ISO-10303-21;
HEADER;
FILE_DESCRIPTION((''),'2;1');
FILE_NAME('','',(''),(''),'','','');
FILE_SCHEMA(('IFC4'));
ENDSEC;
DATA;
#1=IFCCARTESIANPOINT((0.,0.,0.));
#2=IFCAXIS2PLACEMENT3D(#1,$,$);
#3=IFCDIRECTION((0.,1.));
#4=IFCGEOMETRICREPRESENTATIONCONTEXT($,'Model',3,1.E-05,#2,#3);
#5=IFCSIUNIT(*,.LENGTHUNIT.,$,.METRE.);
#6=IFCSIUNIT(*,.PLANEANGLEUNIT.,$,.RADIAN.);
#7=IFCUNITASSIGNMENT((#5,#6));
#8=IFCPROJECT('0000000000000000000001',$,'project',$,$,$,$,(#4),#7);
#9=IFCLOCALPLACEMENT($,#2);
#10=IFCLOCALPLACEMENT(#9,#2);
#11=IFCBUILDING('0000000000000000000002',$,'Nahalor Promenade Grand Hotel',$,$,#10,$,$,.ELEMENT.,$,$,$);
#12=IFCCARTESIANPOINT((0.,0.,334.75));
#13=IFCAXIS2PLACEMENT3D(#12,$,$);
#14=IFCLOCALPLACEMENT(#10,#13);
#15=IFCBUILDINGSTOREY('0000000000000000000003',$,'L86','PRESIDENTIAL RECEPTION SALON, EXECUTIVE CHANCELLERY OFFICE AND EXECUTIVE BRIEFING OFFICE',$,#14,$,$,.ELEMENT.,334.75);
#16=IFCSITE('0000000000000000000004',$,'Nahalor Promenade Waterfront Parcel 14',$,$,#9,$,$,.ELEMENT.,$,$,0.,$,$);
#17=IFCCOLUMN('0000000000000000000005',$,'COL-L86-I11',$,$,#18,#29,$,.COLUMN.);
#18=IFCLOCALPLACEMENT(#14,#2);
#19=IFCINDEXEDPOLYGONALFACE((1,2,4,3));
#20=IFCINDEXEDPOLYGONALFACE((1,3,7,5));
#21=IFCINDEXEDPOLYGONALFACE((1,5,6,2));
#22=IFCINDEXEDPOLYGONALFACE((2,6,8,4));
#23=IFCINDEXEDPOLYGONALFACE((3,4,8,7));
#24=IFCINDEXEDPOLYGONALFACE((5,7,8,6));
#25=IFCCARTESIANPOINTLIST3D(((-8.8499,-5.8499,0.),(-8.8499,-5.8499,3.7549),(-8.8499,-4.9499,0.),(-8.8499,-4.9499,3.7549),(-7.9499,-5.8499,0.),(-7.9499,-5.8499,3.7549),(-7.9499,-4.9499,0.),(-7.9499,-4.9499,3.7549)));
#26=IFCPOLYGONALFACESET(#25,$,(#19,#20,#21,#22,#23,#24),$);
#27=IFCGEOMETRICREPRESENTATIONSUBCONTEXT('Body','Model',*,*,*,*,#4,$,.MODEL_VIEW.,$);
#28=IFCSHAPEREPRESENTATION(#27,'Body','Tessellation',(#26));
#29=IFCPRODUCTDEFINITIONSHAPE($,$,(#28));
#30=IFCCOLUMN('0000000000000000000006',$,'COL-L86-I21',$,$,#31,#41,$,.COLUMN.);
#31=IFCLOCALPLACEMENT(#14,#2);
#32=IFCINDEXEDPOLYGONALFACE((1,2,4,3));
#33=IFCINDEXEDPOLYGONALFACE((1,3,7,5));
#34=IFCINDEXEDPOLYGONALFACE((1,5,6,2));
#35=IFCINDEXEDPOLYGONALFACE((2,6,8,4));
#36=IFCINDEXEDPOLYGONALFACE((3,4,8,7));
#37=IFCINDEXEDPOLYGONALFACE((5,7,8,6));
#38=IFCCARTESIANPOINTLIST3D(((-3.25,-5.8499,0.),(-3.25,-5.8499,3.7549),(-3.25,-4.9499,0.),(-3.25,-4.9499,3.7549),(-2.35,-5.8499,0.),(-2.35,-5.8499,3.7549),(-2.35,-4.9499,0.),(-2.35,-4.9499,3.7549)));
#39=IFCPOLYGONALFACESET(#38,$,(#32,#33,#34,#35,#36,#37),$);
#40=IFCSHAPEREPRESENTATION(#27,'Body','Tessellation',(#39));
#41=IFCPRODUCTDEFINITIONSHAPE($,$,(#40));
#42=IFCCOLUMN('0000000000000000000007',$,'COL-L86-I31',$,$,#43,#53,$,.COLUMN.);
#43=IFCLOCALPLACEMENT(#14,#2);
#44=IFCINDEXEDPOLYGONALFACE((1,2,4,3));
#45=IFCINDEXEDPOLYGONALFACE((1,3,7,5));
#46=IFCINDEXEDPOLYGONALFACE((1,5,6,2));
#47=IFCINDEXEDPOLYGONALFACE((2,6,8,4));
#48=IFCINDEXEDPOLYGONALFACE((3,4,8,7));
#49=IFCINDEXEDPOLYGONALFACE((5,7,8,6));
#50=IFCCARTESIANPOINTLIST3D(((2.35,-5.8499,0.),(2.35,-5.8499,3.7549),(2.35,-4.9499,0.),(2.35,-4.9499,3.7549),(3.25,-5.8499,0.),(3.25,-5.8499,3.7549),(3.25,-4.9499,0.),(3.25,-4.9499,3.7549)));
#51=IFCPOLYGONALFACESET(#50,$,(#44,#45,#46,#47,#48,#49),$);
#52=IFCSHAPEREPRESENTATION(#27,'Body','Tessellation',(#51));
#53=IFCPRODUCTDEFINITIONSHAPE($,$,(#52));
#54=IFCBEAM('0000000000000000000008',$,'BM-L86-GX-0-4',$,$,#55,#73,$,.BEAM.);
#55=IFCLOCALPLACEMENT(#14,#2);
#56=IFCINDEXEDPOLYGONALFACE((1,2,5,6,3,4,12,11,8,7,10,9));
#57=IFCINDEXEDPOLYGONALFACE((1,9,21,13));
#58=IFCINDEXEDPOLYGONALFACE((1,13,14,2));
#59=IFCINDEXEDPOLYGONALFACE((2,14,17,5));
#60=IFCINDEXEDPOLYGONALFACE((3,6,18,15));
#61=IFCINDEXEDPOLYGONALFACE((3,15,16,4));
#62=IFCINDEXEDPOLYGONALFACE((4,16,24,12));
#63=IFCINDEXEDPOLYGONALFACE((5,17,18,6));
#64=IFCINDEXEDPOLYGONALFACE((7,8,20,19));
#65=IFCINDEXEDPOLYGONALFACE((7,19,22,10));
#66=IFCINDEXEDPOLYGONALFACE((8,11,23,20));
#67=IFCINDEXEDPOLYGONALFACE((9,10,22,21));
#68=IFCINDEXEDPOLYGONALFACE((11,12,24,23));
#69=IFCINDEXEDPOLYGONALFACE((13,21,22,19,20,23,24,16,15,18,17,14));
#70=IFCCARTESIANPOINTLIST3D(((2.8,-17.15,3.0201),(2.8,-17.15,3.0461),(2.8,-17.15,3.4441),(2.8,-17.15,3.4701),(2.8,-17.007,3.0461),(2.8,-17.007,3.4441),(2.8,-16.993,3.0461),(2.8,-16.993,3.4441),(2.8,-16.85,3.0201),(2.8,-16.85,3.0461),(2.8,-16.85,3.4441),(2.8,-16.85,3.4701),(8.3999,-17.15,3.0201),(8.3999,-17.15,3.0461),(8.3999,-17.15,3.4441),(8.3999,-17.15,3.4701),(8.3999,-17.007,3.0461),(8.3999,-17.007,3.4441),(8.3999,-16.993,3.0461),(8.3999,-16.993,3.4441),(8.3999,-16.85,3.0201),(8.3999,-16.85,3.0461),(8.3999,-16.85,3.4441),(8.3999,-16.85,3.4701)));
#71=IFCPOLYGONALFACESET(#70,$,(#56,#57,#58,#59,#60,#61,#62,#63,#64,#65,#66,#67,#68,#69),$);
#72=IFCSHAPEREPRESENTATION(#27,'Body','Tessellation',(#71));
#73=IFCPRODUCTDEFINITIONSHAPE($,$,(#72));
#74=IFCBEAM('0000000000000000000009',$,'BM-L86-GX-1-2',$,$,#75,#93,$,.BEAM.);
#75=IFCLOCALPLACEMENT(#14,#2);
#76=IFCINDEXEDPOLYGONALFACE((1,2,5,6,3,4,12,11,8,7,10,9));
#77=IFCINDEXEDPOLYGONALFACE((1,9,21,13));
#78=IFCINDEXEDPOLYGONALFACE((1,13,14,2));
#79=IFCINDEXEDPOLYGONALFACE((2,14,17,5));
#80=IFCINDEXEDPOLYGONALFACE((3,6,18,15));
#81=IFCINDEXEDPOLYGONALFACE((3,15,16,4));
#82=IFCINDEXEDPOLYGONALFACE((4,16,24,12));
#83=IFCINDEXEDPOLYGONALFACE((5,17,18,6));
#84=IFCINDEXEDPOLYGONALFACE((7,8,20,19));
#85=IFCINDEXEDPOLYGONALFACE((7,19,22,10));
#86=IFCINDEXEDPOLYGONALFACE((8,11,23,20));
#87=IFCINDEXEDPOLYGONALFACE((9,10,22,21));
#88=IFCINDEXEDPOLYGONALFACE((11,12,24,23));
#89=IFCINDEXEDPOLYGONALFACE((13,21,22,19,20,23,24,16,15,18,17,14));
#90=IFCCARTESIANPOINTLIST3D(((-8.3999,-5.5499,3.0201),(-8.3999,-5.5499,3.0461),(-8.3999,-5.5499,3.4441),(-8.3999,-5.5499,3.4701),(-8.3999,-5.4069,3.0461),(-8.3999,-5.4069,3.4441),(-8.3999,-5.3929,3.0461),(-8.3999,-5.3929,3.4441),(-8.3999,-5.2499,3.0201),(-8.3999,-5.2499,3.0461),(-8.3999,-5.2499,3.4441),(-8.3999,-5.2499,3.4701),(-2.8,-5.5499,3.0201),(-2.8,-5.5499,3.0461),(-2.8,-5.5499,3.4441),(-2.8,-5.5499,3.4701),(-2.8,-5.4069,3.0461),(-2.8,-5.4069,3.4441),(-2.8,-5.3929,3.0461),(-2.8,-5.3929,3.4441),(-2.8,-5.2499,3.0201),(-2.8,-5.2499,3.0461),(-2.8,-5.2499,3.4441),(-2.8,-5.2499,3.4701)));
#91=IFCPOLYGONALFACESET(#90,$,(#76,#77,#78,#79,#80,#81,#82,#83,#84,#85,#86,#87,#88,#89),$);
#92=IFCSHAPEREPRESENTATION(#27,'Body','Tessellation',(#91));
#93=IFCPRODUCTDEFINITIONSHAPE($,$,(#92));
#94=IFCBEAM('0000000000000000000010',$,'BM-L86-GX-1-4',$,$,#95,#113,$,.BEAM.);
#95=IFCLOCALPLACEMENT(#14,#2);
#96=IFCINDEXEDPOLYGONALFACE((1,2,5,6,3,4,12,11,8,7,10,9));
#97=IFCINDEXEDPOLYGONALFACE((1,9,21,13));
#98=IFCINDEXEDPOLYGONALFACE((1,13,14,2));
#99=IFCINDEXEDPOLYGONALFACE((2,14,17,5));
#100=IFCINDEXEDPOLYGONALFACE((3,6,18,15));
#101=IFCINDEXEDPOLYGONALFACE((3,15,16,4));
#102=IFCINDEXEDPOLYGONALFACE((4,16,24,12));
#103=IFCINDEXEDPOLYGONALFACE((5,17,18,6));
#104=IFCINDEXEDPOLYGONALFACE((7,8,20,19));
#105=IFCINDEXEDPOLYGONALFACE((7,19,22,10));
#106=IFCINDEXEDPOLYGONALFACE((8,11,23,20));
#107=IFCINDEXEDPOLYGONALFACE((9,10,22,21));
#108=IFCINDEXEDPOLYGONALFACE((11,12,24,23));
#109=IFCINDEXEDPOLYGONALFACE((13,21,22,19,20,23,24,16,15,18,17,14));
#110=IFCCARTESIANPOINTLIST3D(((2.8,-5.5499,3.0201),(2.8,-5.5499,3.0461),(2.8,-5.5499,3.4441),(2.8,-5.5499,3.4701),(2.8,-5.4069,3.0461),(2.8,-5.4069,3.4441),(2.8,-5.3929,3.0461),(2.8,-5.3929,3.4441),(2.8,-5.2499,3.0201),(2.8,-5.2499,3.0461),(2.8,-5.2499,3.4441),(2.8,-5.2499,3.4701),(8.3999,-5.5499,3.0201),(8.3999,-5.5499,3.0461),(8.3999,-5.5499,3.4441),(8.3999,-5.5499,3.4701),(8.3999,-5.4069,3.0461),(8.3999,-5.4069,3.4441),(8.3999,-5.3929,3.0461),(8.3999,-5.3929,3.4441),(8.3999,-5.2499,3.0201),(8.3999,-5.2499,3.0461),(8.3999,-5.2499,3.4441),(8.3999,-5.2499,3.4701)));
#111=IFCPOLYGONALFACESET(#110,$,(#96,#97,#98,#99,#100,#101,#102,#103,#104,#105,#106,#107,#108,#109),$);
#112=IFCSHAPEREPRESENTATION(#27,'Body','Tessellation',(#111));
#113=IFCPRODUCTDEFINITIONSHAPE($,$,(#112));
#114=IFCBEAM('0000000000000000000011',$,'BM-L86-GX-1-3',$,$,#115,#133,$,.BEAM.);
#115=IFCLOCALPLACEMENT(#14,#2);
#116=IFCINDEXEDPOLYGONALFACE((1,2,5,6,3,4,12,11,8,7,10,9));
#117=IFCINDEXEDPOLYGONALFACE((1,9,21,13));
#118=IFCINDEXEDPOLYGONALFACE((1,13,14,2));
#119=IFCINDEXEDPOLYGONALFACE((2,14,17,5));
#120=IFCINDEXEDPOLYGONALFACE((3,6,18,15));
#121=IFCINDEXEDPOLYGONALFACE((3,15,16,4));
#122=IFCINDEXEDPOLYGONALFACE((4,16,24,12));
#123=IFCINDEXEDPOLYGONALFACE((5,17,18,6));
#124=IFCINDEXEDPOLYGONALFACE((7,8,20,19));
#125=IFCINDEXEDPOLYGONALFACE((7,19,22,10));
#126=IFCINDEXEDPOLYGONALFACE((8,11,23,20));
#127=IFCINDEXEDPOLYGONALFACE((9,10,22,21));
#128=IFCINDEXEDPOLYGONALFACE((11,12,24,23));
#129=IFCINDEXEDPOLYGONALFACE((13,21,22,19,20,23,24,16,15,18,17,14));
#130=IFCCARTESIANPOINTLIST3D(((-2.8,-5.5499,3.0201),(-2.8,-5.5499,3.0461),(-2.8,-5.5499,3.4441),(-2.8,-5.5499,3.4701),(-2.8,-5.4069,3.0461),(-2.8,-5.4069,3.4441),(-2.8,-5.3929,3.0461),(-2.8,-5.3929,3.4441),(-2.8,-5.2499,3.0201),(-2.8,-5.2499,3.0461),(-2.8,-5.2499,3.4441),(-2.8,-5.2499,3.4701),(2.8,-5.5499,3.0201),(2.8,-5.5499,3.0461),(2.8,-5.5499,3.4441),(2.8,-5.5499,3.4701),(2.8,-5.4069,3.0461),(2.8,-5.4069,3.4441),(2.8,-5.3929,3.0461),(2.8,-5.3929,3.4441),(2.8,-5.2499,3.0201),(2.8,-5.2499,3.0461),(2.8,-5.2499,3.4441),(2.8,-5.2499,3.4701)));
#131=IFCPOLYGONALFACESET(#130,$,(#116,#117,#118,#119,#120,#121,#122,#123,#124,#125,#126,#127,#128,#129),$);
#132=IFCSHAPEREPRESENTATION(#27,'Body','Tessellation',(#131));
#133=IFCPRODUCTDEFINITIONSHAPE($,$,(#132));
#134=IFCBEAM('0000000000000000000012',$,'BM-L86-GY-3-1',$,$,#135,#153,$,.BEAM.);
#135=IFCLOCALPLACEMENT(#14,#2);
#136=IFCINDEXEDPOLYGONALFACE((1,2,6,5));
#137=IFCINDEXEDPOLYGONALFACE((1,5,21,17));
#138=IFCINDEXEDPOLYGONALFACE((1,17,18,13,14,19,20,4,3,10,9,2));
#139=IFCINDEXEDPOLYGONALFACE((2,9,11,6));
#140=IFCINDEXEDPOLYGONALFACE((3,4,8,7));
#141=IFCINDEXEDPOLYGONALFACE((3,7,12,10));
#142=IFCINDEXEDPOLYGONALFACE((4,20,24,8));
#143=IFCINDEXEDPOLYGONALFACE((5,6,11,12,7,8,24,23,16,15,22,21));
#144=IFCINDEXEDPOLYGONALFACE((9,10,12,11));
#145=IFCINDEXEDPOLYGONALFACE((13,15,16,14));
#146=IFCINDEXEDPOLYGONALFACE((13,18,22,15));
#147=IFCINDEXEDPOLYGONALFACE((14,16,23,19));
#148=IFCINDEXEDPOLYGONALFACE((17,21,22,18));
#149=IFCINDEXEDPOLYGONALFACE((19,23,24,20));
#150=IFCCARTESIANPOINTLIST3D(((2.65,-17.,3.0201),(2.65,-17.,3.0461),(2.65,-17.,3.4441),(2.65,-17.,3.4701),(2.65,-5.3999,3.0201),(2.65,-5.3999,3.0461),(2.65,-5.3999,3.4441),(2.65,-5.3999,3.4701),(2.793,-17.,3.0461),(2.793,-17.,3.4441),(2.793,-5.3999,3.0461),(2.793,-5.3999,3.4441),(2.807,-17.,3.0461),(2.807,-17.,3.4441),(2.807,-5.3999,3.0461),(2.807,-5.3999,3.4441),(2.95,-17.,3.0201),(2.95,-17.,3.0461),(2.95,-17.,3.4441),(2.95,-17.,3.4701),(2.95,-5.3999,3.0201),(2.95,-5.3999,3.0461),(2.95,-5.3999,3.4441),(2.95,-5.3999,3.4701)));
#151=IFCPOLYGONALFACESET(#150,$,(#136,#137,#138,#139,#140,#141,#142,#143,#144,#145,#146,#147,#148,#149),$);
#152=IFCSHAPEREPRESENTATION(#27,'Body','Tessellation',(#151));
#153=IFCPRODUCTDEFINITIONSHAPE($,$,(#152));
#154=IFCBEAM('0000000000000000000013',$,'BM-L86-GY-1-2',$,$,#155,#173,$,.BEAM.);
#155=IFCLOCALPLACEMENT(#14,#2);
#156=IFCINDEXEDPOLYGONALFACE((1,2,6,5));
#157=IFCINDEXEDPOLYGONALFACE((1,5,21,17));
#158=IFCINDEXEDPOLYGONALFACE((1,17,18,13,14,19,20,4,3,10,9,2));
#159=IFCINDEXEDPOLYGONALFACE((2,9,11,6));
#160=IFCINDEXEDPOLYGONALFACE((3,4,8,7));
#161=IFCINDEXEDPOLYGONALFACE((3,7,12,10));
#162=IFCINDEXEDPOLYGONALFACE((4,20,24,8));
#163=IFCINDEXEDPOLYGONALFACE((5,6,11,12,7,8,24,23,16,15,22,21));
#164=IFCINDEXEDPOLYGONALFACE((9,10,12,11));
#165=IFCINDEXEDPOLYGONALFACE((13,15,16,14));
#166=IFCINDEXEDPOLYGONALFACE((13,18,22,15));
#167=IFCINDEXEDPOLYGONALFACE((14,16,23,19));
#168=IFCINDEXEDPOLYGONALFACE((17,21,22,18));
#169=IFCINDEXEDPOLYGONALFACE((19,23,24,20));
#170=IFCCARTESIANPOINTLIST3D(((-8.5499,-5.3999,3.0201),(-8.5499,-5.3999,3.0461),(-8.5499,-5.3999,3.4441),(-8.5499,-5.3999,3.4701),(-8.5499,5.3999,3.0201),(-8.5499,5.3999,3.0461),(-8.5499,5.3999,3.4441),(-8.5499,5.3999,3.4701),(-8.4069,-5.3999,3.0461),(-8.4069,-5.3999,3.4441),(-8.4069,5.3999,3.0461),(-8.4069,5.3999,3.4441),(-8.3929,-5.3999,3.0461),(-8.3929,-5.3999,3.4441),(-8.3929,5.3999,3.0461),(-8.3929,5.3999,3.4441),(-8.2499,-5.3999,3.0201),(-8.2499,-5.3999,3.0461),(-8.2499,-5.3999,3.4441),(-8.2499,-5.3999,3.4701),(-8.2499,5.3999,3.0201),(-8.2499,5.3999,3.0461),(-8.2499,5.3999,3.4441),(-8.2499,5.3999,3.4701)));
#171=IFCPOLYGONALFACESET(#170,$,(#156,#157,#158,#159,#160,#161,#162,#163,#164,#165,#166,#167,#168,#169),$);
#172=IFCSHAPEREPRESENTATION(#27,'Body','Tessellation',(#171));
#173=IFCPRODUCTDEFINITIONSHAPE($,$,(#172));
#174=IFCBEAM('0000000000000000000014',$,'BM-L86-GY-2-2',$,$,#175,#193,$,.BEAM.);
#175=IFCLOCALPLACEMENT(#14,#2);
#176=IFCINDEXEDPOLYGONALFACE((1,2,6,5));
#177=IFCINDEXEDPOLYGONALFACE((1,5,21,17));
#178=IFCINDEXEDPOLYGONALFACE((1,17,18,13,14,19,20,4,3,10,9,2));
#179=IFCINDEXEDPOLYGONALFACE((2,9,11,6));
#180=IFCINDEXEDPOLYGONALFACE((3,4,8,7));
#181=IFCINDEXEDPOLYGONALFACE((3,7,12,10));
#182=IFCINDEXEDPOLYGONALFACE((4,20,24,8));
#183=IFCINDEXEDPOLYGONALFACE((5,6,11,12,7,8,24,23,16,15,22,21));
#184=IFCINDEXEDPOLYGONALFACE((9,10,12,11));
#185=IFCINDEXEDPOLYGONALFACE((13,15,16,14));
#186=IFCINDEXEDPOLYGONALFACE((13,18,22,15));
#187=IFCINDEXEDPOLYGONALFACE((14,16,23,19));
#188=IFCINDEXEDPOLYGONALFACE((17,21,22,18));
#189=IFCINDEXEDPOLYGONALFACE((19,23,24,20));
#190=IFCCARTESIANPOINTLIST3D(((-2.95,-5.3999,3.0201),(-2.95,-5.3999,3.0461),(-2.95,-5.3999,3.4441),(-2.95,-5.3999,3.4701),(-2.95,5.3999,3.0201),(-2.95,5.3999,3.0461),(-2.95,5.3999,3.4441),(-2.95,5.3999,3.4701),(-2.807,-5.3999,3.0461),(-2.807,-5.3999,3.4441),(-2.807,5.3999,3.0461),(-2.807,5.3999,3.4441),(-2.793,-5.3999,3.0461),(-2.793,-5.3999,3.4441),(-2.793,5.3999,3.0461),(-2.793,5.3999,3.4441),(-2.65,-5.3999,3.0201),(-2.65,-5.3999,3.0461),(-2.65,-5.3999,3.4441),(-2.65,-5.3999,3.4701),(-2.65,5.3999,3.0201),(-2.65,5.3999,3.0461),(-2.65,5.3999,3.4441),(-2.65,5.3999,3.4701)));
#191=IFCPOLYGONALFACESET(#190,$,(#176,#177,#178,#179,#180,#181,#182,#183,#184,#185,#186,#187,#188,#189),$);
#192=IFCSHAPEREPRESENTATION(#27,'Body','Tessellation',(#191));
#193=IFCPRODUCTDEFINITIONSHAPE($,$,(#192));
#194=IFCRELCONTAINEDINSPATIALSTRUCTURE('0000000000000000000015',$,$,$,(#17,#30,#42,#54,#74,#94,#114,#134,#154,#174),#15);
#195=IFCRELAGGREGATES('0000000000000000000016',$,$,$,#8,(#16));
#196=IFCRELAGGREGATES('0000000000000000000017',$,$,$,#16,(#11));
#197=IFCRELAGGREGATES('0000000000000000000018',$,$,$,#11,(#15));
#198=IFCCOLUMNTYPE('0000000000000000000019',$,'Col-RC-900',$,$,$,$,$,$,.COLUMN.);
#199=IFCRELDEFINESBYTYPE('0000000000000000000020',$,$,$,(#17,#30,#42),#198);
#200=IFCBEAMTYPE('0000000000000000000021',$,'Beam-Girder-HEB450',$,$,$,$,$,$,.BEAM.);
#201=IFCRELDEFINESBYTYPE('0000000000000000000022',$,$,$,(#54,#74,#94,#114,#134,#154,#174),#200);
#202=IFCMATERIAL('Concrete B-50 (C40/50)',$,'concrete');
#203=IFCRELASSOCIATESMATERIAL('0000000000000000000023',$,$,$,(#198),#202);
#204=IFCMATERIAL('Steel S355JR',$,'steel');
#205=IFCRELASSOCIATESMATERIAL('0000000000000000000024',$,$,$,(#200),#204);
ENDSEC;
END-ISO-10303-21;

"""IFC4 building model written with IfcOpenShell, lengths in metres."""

from ifc_helpers import new_model, si_unit, direction, frame, origin, origin_2d, place, context, subcontext, project, spatial, rectangle, i_section, extrude, source, transform, mapped, material, material_profile, profile_set, type_object, element, save


model = new_model("IFC4")

# Units and contexts
model_context = context("Model", 3, precision=1e-05, world=origin(), true_north=direction((0.0, 1.0)))
body_context = subcontext(model_context, "Body", "Model", "MODEL_VIEW")
ifc_project = project(units=[si_unit("LENGTHUNIT", "METRE"), si_unit("PLANEANGLEUNIT", "RADIAN")], contexts=[model_context])

# Site, building, storey
site_placement = place(None, origin())
site = spatial("IfcSite", under=ifc_project, at=site_placement, Name="Nahalor Promenade Waterfront Parcel 14", CompositionType="ELEMENT", RefElevation=0.0)
building_placement = place(site_placement, origin())
building = spatial("IfcBuilding", under=site, at=building_placement, Name="Nahalor Promenade Grand Hotel", CompositionType="ELEMENT")
storey_placement = place(building_placement, frame((0.0, 0.0, 334.75)))
storey = spatial("IfcBuildingStorey", under=building, at=storey_placement, Name="L86", Description="PRESIDENTIAL RECEPTION SALON, EXECUTIVE CHANCELLERY OFFICE AND EXECUTIVE BRIEFING OFFICE", CompositionType="ELEMENT", Elevation=334.75)

# Columns
ifc_material_1 = material(Name="Concrete B-50 (C40/50)", Category="concrete")
ifc_material_profile_1 = material_profile(ifc_material_1, rectangle(XDim=0.9, YDim=0.9, at=origin_2d()), Name="RC 900x900")
ifc_profile_set_1 = profile_set([ifc_material_profile_1], Name="Concrete B-50 (C40/50)")
column_type = type_object("IfcColumnType", Name="Col-RC-900", PredefinedType="COLUMN", material=ifc_profile_set_1)
shared_shape_1 = source(origin(), body_context, "Body", "SweptSolid", [
    extrude(rectangle(XDim=0.9, YDim=0.9, at=origin_2d()), origin(), (0.0, 0.0, 1.0), 3.7549),
])
for number, where, z_axis, x_axis, name in (
    (1, (-8.3999, -5.3999, 0.0), (0.0, 0.0, 1.0), (1.0, 0.0, 0.0), "COL-L86-I11"),
    (2, (-2.8, -5.3999, 0.0), (0.0, 0.0, 1.0), (1.0, 0.0, 0.0), "COL-L86-I21"),
    (3, (2.8, -5.3999, 0.0), (0.0, 0.0, 1.0), (1.0, 0.0, 0.0), "COL-L86-I31"),
):
    element("IfcColumn", number, at=place(storey_placement, frame(where, z_axis=z_axis, x_axis=x_axis)), inside=storey, type_object=column_type, Name=name, PredefinedType="COLUMN", context=body_context, shape_type="MappedRepresentation", body=[
        mapped(shared_shape_1, transform((0.0, 0.0, 0.0), scale=1.0)),
    ])

# Beams
ifc_material_2 = material(Name="Steel S355JR", Category="steel")
ifc_material_profile_2 = material_profile(ifc_material_2, i_section(OverallWidth=0.3, OverallDepth=0.45, WebThickness=0.014, FlangeThickness=0.026, at=origin_2d()), Name="HEB 450")
ifc_profile_set_2 = profile_set([ifc_material_profile_2], Name="Steel S355JR")
beam_type = type_object("IfcBeamType", Name="Beam-Girder-HEB450", PredefinedType="BEAM", material=ifc_profile_set_2)
shared_shape_2 = source(origin(), body_context, "Body", "SweptSolid", [
    extrude(i_section(OverallWidth=0.3, OverallDepth=0.45, WebThickness=0.014, FlangeThickness=0.026, at=origin_2d()), origin(), (0.0, 0.0, 1.0), 5.5999),
])
for number, where, z_axis, x_axis, name in (
    (4, (2.8, -17.0, 3.2451), (1.0, 0.0, 0.0), (0.0, 1.0, 0.0), "BM-L86-GX-0-4"),
    (5, (-8.3999, -5.3999, 3.2451), (1.0, 0.0, 0.0), (0.0, 1.0, 0.0), "BM-L86-GX-1-2"),
    (6, (2.8, -5.3999, 3.2451), (1.0, 0.0, 0.0), (0.0, 1.0, 0.0), "BM-L86-GX-1-4"),
):
    element("IfcBeam", number, at=place(storey_placement, frame(where, z_axis=z_axis, x_axis=x_axis)), inside=storey, type_object=beam_type, Name=name, PredefinedType="BEAM", context=body_context, shape_type="MappedRepresentation", body=[
        mapped(shared_shape_2, transform((0.0, 0.0, 0.0), scale=1.0)),
    ])
shared_shape_3 = source(origin(), body_context, "Body", "SweptSolid", [
    extrude(i_section(OverallWidth=0.3, OverallDepth=0.45, WebThickness=0.014, FlangeThickness=0.026, at=origin_2d()), origin(), (0.0, 0.0, 1.0), 5.6001),
])
beam_1_placement = place(storey_placement, frame((-2.8, -5.3999, 3.2451), z_axis=(1.0, 0.0, 0.0), x_axis=(0.0, 1.0, 0.0)))
element("IfcBeam", 7, at=beam_1_placement, inside=storey, type_object=beam_type, Name="BM-L86-GX-1-3", PredefinedType="BEAM", context=body_context, shape_type="MappedRepresentation", body=[
    mapped(shared_shape_3, transform((0.0, 0.0, 0.0), scale=1.0)),
])
shared_shape_4 = source(origin(), body_context, "Body", "SweptSolid", [
    extrude(i_section(OverallWidth=0.3, OverallDepth=0.45, WebThickness=0.014, FlangeThickness=0.026, at=origin_2d()), origin(), (0.0, 0.0, 1.0), 11.6001),
])
beam_2_placement = place(storey_placement, frame((2.8, -17.0, 3.2451), z_axis=(0.0, 1.0, 0.0), x_axis=(-1.0, 0.0, 0.0)))
element("IfcBeam", 8, at=beam_2_placement, inside=storey, type_object=beam_type, Name="BM-L86-GY-3-1", PredefinedType="BEAM", context=body_context, shape_type="MappedRepresentation", body=[
    mapped(shared_shape_4, transform((0.0, 0.0, 0.0), scale=1.0)),
])
shared_shape_5 = source(origin(), body_context, "Body", "SweptSolid", [
    extrude(i_section(OverallWidth=0.3, OverallDepth=0.45, WebThickness=0.014, FlangeThickness=0.026, at=origin_2d()), origin(), (0.0, 0.0, 1.0), 10.7998),
])
for number, where, z_axis, x_axis, name in (
    (9, (-8.3999, -5.3999, 3.2451), (0.0, 1.0, 0.0), (-1.0, 0.0, 0.0), "BM-L86-GY-1-2"),
    (10, (-2.8, -5.3999, 3.2451), (0.0, 1.0, 0.0), (-1.0, 0.0, 0.0), "BM-L86-GY-2-2"),
):
    element("IfcBeam", number, at=place(storey_placement, frame(where, z_axis=z_axis, x_axis=x_axis)), inside=storey, type_object=beam_type, Name=name, PredefinedType="BEAM", context=body_context, shape_type="MappedRepresentation", body=[
        mapped(shared_shape_5, transform((0.0, 0.0, 0.0), scale=1.0)),
    ])

save(model, "model.ifc")
